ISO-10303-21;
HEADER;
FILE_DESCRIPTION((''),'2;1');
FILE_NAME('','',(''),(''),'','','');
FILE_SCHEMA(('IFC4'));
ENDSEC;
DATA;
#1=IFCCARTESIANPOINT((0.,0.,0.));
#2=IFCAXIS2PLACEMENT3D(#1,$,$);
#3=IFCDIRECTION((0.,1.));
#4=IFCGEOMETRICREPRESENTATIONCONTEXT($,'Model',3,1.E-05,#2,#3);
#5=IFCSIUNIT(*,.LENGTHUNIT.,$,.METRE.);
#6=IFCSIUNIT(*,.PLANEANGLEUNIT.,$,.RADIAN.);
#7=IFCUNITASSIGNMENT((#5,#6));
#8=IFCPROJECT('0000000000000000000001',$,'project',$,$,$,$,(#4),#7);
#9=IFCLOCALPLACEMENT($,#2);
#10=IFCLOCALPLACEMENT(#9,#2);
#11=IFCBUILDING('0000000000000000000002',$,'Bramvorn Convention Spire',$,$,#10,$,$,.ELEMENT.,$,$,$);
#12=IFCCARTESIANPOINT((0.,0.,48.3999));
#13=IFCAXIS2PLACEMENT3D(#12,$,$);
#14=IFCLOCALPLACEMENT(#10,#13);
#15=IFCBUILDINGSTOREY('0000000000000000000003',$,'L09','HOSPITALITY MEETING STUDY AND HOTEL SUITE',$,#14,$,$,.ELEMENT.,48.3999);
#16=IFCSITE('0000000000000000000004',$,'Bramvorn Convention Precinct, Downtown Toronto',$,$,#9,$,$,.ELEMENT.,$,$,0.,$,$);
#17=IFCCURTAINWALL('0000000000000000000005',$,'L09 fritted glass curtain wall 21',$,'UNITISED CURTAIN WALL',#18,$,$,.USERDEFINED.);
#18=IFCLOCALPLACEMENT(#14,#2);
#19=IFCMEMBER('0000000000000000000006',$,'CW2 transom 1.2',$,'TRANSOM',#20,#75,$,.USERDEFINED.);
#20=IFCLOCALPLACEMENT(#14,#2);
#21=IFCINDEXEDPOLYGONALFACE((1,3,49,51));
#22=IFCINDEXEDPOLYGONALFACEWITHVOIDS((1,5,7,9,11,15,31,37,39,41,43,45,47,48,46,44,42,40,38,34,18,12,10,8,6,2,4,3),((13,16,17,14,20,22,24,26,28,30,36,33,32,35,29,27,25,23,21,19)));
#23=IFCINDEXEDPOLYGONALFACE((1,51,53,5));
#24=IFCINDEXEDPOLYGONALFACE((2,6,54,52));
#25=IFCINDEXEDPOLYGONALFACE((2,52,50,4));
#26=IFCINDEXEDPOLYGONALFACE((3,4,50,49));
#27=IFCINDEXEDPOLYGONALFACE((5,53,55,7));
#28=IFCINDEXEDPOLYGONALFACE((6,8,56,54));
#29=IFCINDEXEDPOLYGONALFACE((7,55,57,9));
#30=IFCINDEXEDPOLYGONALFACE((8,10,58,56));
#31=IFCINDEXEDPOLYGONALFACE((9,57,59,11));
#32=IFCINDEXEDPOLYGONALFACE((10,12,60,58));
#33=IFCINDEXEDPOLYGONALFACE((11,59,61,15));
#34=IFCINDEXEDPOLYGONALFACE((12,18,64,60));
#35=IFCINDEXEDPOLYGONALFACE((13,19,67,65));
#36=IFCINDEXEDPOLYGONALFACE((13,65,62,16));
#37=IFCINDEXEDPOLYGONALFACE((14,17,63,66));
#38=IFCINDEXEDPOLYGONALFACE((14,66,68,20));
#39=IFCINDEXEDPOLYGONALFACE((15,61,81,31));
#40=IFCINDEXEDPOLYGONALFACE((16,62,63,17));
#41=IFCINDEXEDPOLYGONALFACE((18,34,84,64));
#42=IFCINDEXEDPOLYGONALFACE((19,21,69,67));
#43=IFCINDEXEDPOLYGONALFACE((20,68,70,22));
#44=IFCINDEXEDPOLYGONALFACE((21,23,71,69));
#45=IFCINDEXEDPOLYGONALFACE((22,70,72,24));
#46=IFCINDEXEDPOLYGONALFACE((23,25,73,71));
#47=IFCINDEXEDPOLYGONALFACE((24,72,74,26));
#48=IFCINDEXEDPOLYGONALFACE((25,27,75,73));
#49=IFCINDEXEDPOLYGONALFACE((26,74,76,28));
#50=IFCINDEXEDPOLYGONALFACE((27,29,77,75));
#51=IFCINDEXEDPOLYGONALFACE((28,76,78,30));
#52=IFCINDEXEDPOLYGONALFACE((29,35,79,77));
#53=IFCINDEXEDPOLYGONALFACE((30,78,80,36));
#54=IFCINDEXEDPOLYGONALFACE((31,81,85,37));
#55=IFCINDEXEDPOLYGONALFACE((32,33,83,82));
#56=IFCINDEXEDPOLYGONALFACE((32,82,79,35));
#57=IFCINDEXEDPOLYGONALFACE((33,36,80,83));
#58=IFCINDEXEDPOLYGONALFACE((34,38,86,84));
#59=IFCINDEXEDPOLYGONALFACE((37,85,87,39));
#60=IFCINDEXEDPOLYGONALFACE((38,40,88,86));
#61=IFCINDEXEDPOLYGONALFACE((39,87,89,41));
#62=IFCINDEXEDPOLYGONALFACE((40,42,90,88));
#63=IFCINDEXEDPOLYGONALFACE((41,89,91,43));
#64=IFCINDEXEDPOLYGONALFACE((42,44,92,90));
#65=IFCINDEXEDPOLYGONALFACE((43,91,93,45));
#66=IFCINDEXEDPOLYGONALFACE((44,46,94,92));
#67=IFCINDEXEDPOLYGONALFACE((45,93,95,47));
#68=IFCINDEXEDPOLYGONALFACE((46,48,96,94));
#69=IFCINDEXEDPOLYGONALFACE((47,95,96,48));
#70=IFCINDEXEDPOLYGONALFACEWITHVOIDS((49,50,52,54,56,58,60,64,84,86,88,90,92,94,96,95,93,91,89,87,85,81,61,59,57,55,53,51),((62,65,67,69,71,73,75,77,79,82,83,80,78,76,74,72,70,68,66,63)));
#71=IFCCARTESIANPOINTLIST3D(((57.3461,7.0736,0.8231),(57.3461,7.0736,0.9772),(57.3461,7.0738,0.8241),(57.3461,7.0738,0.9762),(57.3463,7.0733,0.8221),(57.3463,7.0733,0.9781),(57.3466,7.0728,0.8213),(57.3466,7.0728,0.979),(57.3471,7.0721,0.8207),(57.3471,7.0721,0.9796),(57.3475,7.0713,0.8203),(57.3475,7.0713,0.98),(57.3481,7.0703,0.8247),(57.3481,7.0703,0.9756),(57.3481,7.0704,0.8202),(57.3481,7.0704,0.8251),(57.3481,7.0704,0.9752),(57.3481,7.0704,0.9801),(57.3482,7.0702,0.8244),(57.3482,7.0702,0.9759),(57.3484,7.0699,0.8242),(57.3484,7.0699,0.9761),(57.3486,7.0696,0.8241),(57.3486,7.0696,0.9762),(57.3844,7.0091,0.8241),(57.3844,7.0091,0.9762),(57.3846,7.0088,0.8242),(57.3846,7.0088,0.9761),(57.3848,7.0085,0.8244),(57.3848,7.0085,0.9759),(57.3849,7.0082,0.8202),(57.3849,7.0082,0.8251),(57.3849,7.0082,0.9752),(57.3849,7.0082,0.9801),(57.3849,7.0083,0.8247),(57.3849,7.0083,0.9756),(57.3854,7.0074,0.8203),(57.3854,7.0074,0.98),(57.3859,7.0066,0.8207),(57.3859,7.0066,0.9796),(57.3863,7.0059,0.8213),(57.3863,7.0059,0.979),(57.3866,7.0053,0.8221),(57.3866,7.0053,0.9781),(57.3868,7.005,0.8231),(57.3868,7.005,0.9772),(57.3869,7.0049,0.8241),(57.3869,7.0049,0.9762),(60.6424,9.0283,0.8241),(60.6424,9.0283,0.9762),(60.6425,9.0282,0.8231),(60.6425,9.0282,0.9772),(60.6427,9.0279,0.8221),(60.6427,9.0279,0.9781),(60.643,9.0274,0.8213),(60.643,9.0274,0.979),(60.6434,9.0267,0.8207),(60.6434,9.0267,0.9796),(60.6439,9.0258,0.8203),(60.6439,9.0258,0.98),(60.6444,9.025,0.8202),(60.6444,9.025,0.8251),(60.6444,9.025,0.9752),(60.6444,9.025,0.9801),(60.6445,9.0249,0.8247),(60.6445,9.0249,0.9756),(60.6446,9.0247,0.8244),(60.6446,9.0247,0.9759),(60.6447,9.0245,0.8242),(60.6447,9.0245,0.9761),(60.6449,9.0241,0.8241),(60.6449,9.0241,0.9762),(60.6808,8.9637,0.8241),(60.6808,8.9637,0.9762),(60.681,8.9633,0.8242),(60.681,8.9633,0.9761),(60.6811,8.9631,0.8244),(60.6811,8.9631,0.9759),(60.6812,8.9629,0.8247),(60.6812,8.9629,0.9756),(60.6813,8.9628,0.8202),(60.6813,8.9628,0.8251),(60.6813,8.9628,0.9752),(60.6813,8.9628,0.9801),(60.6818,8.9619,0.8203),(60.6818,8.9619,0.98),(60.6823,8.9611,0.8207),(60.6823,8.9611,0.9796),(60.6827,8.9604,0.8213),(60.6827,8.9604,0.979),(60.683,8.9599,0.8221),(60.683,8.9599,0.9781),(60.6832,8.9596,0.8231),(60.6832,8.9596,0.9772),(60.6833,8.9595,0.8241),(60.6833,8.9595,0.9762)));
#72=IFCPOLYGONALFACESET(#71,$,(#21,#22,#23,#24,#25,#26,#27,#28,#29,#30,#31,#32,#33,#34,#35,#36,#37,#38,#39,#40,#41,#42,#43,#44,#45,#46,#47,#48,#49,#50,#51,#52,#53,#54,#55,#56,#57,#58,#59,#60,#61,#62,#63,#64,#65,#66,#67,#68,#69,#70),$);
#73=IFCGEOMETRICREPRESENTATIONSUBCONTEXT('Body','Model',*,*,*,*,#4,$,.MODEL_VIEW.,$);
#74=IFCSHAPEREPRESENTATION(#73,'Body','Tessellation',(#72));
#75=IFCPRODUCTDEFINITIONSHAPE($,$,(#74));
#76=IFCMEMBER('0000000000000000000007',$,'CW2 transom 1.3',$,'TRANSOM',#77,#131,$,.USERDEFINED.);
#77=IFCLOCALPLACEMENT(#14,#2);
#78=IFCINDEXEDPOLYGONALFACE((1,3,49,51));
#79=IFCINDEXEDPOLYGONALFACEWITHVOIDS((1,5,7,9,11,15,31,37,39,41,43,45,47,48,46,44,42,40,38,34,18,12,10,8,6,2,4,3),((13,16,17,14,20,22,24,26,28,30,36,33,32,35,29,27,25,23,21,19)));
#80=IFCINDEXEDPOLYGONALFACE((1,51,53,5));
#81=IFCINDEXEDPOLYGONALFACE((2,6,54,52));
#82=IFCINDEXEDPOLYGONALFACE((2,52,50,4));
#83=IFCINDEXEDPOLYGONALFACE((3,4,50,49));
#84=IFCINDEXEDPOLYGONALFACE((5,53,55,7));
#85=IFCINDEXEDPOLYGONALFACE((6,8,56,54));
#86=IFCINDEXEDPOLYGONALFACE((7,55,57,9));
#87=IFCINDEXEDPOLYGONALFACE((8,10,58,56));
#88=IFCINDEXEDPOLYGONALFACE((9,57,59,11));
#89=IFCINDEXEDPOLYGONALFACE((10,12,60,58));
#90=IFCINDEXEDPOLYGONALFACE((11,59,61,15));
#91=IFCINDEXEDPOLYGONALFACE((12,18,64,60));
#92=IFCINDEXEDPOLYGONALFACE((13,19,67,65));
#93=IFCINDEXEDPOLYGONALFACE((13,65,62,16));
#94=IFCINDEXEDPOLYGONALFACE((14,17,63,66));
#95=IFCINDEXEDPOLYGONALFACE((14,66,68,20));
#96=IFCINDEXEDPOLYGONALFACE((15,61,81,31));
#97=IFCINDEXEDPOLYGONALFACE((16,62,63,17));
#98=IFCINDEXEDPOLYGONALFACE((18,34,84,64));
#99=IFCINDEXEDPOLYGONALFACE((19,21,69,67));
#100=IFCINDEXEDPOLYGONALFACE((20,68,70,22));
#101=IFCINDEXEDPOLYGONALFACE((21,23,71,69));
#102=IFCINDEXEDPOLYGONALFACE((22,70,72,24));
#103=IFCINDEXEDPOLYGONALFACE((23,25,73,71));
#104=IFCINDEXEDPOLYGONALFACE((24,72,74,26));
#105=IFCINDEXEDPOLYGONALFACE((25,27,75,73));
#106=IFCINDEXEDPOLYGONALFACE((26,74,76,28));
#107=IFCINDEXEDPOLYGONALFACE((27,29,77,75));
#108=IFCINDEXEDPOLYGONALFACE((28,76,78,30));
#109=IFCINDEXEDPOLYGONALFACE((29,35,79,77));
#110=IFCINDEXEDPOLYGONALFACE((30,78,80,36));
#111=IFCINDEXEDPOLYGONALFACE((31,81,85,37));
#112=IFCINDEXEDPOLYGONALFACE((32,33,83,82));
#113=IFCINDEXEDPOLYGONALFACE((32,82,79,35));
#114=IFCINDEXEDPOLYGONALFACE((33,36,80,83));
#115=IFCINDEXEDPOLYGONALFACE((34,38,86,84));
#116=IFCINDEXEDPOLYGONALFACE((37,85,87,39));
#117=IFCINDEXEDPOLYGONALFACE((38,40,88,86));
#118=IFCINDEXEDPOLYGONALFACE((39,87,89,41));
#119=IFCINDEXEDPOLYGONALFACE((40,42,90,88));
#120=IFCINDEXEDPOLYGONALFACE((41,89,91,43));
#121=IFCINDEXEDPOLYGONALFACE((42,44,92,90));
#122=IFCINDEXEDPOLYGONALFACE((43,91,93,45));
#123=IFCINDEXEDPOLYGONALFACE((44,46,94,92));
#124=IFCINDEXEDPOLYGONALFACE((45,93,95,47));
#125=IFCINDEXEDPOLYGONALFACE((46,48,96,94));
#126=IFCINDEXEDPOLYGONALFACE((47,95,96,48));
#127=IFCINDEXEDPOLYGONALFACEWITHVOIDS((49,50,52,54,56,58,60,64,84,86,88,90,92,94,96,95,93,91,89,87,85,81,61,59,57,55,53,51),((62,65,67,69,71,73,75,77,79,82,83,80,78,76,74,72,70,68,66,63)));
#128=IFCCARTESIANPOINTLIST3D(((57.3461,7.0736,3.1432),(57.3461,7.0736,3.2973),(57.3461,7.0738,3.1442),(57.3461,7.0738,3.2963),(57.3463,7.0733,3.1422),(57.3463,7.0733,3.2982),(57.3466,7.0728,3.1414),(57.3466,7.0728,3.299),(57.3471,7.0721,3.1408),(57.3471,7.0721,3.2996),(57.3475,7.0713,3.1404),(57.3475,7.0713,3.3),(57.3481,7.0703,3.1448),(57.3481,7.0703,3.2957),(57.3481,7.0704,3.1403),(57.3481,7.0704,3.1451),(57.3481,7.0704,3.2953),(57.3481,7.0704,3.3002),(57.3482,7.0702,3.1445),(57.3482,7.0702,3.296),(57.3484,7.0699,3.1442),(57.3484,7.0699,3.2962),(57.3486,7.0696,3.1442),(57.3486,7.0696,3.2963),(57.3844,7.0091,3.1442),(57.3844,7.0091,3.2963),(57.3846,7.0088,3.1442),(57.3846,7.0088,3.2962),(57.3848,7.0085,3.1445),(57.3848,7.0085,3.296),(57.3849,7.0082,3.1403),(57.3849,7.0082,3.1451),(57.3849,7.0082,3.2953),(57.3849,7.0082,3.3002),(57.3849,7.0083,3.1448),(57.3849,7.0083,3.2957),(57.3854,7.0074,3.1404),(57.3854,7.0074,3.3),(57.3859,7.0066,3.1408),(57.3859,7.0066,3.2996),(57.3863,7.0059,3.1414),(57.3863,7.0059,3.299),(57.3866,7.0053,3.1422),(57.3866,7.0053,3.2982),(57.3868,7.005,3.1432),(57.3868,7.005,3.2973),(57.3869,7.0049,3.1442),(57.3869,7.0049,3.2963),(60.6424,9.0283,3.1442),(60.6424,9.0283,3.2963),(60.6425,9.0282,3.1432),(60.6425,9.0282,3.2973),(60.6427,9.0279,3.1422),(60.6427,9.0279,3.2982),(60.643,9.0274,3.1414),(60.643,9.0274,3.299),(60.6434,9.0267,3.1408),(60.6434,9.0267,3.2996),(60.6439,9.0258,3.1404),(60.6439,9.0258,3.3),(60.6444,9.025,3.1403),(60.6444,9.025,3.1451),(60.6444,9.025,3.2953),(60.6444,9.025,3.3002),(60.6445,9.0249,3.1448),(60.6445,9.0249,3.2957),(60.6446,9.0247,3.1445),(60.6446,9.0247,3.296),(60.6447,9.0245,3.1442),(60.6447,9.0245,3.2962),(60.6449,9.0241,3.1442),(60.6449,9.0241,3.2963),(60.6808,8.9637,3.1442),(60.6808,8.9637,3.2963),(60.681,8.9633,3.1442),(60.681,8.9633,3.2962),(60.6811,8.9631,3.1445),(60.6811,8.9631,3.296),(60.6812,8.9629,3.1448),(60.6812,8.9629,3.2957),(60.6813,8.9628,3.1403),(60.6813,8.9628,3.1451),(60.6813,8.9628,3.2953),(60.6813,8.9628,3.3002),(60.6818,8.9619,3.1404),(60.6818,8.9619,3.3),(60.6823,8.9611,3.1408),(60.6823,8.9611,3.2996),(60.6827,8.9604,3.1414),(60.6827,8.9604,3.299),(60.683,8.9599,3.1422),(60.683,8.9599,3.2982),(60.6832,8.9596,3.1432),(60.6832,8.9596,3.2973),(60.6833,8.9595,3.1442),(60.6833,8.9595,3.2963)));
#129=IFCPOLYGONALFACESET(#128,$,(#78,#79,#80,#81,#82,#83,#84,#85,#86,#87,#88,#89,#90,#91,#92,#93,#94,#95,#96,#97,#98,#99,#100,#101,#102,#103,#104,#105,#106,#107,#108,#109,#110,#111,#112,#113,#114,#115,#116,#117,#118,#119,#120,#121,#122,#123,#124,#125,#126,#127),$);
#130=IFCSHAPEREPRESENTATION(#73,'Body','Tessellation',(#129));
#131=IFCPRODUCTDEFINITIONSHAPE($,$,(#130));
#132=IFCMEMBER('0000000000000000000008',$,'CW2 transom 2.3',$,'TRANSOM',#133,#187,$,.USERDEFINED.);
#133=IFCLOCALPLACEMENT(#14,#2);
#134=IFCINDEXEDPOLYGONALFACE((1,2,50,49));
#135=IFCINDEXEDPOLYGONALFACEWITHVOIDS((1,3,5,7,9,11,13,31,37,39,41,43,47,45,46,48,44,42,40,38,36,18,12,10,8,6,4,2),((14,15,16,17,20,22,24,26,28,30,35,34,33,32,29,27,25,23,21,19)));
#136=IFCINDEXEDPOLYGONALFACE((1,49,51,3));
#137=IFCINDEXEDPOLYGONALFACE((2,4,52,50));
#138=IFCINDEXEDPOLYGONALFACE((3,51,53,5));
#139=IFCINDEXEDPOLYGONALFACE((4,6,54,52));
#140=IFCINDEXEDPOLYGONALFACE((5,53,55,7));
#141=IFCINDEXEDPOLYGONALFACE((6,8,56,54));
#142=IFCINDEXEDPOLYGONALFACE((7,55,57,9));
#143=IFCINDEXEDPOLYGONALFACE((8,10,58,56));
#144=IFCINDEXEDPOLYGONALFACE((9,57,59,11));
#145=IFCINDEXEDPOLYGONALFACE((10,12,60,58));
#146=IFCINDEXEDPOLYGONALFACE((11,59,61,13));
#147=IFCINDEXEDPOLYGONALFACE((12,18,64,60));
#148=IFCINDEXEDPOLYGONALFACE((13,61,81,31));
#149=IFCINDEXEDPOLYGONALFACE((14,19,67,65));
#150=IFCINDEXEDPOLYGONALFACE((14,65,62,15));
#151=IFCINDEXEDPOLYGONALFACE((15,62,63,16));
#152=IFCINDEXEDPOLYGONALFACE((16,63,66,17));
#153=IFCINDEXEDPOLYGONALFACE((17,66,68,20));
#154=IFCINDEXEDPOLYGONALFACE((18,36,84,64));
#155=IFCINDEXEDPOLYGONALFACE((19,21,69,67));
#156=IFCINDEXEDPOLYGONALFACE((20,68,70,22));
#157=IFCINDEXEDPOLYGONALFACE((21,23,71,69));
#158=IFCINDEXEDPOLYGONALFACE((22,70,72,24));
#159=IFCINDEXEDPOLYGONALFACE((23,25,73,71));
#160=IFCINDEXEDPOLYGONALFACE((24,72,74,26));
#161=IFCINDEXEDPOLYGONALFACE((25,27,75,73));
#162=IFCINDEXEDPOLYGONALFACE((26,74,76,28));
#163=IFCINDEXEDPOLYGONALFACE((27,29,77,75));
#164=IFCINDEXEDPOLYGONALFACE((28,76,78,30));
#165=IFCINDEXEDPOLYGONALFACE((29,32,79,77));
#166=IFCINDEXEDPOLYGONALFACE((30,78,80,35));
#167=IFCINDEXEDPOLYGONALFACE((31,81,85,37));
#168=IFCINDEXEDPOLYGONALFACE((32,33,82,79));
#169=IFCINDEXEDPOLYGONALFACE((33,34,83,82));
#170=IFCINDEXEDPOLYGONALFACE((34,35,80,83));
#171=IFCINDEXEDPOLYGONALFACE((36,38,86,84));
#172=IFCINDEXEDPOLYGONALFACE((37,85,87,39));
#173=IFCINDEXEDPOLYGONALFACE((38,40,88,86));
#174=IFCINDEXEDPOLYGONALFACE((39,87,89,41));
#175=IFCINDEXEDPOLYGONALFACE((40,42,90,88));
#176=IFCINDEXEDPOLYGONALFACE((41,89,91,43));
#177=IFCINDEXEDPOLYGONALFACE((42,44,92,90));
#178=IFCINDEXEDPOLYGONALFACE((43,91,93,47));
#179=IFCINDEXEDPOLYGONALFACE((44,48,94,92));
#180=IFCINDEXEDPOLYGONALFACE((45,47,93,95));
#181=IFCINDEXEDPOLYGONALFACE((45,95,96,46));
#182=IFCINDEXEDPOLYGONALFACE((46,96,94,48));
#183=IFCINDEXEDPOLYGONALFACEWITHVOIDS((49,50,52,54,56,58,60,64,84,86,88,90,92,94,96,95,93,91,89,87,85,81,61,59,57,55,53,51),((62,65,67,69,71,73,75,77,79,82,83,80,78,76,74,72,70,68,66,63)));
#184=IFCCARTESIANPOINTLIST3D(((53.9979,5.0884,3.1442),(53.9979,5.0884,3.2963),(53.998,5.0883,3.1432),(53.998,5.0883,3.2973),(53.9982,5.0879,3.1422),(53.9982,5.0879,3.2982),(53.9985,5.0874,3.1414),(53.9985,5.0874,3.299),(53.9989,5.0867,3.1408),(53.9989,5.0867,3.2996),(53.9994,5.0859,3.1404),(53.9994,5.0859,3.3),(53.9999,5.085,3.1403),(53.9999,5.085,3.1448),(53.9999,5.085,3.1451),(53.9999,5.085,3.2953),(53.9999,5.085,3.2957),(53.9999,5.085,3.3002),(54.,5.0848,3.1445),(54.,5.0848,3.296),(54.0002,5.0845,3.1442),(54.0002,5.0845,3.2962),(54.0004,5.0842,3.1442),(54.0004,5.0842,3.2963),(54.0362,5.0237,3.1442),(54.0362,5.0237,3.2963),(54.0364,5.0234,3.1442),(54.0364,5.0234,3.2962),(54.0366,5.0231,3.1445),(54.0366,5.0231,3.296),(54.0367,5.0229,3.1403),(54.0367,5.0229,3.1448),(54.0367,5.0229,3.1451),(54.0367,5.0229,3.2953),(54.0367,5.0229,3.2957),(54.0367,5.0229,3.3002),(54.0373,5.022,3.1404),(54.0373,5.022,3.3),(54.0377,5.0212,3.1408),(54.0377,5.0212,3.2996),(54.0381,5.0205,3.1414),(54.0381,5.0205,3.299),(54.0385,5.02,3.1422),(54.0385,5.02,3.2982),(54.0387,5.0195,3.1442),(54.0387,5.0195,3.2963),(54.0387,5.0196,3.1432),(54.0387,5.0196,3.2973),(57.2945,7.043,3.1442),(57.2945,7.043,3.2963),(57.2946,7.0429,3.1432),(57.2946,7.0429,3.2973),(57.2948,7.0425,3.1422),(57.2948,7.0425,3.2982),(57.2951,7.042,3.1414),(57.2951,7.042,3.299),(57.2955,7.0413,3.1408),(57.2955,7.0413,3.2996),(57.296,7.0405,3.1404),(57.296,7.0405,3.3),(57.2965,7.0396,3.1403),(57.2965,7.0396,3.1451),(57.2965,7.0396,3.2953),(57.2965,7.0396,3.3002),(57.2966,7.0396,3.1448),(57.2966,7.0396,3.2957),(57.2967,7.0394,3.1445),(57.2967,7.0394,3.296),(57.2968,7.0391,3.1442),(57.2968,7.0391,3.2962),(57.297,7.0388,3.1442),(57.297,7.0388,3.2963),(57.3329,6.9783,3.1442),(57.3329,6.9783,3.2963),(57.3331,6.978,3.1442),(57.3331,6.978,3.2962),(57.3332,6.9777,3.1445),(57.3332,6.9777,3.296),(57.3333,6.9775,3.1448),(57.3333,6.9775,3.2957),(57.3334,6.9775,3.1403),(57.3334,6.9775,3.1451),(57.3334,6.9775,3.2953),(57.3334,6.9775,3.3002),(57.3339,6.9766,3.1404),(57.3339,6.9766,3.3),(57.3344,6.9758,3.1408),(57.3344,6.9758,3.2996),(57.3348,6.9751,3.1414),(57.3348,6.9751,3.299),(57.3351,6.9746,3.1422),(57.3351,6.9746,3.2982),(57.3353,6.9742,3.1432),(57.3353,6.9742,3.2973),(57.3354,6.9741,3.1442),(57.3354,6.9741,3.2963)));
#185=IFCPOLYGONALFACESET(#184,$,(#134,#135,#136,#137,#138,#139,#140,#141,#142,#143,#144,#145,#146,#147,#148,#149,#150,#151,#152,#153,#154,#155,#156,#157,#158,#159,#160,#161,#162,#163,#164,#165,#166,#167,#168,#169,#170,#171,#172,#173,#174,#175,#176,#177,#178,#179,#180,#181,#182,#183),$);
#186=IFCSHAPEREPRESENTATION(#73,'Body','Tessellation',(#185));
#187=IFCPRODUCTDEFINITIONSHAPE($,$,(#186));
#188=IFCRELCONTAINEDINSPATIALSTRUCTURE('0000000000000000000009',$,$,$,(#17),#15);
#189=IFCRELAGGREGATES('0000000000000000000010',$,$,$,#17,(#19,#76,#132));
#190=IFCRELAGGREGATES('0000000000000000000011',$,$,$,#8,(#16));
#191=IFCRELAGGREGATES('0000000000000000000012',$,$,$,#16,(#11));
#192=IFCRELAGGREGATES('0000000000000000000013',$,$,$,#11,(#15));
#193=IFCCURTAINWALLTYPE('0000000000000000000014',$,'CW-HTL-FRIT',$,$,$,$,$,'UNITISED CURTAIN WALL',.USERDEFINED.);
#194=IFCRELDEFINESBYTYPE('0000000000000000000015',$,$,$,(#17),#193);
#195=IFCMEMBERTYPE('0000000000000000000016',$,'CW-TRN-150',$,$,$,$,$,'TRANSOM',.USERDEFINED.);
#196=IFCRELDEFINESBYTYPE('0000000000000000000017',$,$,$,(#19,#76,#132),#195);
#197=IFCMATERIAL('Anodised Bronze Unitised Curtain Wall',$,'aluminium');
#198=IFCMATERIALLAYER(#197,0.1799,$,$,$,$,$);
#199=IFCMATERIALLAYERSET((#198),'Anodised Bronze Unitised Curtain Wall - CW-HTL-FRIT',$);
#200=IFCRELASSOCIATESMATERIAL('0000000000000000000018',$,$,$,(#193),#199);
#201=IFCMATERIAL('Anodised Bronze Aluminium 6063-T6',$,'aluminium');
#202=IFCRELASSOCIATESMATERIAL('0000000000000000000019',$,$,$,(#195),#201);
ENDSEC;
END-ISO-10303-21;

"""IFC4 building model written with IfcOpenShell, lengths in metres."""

from ifc_helpers import new_model, si_unit, direction, frame, origin, origin_2d, place, context, subcontext, project, spatial, hollow_rectangle, extrude, material, layer, layer_set, material_profile, profile_set, type_object, element, aggregate, save


model = new_model("IFC4")

# Units and contexts
model_context = context("Model", 3, precision=1e-05, world=origin(), true_north=direction((0.0, 1.0)))
body_context = subcontext(model_context, "Body", "Model", "MODEL_VIEW")
ifc_project = project(units=[si_unit("LENGTHUNIT", "METRE"), si_unit("PLANEANGLEUNIT", "RADIAN")], contexts=[model_context])

# Site, building, storey
site_placement = place(None, origin())
site = spatial("IfcSite", under=ifc_project, at=site_placement, Name="Bramvorn Convention Precinct, Downtown Toronto", CompositionType="ELEMENT", RefElevation=0.0)
building_placement = place(site_placement, origin())
building = spatial("IfcBuilding", under=site, at=building_placement, Name="Bramvorn Convention Spire", CompositionType="ELEMENT")
storey_placement = place(building_placement, frame((0.0, 0.0, 48.3999)))
storey = spatial("IfcBuildingStorey", under=building, at=storey_placement, Name="L09", Description="HOSPITALITY MEETING STUDY AND HOTEL SUITE", CompositionType="ELEMENT", Elevation=48.3999)

# Curtain wall, members
ifc_material_1 = material(Name="Anodised Bronze Unitised Curtain Wall", Category="aluminium")
ifc_layer_1 = layer(ifc_material_1, 0.1799)
ifc_layer_set_1 = layer_set([ifc_layer_1], Name="Anodised Bronze Unitised Curtain Wall - CW-HTL-FRIT")
curtain_wall_type = type_object("IfcCurtainWallType", Name="CW-HTL-FRIT", ElementType="UNITISED CURTAIN WALL", PredefinedType="USERDEFINED", material=ifc_layer_set_1)
curtain_wall_placement = place(storey_placement, origin())
curtain_wall = element("IfcCurtainWall", 1, at=curtain_wall_placement, inside=storey, type_object=curtain_wall_type, Name="L09 fritted glass curtain wall 21", ObjectType="UNITISED CURTAIN WALL", PredefinedType="USERDEFINED")
ifc_material_2 = material(Name="Anodised Bronze Aluminium 6063-T6", Category="aluminium")
ifc_material_profile_1 = material_profile(ifc_material_2, hollow_rectangle(XDim=0.0801, YDim=0.1599, WallThickness=0.0039, InnerFilletRadius=0.001, OuterFilletRadius=0.0039, at=origin_2d()))
ifc_profile_set_1 = profile_set([ifc_material_profile_1], Name="Anodised Bronze Aluminium 6063-T6 - CWT80X160")
member_type_1 = type_object("IfcMemberType", Name="CW-TRN-150", ElementType="TRANSOM", PredefinedType="USERDEFINED", material=ifc_profile_set_1)
member_1_placement = place(storey_placement, frame((60.6628, 8.9939, 0.9001), z_axis=(-0.860157, -0.510029, 0.0), x_axis=(0.510029, -0.860157, 0.0)))
member_1 = element("IfcMember", 2, at=member_1_placement, type_object=member_type_1, Name="CW2 transom 1.2", ObjectType="TRANSOM", PredefinedType="USERDEFINED", context=body_context, shape_type="SweptSolid", body=[
    extrude(hollow_rectangle(XDim=0.0801, YDim=0.1599, WallThickness=0.0039, InnerFilletRadius=0.001, OuterFilletRadius=0.0039, at=origin_2d()), origin(), (0.0, 0.0, 1.0), 3.8323),
])
member_2_placement = place(storey_placement, frame((60.6628, 8.9939, 3.2202), z_axis=(-0.860157, -0.510029, 0.0), x_axis=(0.510029, -0.860157, 0.0)))
member_2 = element("IfcMember", 3, at=member_2_placement, type_object=member_type_1, Name="CW2 transom 1.3", ObjectType="TRANSOM", PredefinedType="USERDEFINED", context=body_context, shape_type="SweptSolid", body=[
    extrude(hollow_rectangle(XDim=0.0801, YDim=0.1599, WallThickness=0.0039, InnerFilletRadius=0.001, OuterFilletRadius=0.0039, at=origin_2d()), origin(), (0.0, 0.0, 1.0), 3.8323),
])
member_3_placement = place(storey_placement, frame((57.3149, 7.0085, 3.2202), z_axis=(-0.860174, -0.510001, 0.0), x_axis=(0.510001, -0.860174, 0.0)))
member_3 = element("IfcMember", 4, at=member_3_placement, type_object=member_type_1, Name="CW2 transom 2.3", ObjectType="TRANSOM", PredefinedType="USERDEFINED", context=body_context, shape_type="SweptSolid", body=[
    extrude(hollow_rectangle(XDim=0.0801, YDim=0.1599, WallThickness=0.0039, InnerFilletRadius=0.001, OuterFilletRadius=0.0039, at=origin_2d()), origin(), (0.0, 0.0, 1.0), 3.8325),
])

aggregate(curtain_wall, [member_1, member_2, member_3])

save(model, "model.ifc")
